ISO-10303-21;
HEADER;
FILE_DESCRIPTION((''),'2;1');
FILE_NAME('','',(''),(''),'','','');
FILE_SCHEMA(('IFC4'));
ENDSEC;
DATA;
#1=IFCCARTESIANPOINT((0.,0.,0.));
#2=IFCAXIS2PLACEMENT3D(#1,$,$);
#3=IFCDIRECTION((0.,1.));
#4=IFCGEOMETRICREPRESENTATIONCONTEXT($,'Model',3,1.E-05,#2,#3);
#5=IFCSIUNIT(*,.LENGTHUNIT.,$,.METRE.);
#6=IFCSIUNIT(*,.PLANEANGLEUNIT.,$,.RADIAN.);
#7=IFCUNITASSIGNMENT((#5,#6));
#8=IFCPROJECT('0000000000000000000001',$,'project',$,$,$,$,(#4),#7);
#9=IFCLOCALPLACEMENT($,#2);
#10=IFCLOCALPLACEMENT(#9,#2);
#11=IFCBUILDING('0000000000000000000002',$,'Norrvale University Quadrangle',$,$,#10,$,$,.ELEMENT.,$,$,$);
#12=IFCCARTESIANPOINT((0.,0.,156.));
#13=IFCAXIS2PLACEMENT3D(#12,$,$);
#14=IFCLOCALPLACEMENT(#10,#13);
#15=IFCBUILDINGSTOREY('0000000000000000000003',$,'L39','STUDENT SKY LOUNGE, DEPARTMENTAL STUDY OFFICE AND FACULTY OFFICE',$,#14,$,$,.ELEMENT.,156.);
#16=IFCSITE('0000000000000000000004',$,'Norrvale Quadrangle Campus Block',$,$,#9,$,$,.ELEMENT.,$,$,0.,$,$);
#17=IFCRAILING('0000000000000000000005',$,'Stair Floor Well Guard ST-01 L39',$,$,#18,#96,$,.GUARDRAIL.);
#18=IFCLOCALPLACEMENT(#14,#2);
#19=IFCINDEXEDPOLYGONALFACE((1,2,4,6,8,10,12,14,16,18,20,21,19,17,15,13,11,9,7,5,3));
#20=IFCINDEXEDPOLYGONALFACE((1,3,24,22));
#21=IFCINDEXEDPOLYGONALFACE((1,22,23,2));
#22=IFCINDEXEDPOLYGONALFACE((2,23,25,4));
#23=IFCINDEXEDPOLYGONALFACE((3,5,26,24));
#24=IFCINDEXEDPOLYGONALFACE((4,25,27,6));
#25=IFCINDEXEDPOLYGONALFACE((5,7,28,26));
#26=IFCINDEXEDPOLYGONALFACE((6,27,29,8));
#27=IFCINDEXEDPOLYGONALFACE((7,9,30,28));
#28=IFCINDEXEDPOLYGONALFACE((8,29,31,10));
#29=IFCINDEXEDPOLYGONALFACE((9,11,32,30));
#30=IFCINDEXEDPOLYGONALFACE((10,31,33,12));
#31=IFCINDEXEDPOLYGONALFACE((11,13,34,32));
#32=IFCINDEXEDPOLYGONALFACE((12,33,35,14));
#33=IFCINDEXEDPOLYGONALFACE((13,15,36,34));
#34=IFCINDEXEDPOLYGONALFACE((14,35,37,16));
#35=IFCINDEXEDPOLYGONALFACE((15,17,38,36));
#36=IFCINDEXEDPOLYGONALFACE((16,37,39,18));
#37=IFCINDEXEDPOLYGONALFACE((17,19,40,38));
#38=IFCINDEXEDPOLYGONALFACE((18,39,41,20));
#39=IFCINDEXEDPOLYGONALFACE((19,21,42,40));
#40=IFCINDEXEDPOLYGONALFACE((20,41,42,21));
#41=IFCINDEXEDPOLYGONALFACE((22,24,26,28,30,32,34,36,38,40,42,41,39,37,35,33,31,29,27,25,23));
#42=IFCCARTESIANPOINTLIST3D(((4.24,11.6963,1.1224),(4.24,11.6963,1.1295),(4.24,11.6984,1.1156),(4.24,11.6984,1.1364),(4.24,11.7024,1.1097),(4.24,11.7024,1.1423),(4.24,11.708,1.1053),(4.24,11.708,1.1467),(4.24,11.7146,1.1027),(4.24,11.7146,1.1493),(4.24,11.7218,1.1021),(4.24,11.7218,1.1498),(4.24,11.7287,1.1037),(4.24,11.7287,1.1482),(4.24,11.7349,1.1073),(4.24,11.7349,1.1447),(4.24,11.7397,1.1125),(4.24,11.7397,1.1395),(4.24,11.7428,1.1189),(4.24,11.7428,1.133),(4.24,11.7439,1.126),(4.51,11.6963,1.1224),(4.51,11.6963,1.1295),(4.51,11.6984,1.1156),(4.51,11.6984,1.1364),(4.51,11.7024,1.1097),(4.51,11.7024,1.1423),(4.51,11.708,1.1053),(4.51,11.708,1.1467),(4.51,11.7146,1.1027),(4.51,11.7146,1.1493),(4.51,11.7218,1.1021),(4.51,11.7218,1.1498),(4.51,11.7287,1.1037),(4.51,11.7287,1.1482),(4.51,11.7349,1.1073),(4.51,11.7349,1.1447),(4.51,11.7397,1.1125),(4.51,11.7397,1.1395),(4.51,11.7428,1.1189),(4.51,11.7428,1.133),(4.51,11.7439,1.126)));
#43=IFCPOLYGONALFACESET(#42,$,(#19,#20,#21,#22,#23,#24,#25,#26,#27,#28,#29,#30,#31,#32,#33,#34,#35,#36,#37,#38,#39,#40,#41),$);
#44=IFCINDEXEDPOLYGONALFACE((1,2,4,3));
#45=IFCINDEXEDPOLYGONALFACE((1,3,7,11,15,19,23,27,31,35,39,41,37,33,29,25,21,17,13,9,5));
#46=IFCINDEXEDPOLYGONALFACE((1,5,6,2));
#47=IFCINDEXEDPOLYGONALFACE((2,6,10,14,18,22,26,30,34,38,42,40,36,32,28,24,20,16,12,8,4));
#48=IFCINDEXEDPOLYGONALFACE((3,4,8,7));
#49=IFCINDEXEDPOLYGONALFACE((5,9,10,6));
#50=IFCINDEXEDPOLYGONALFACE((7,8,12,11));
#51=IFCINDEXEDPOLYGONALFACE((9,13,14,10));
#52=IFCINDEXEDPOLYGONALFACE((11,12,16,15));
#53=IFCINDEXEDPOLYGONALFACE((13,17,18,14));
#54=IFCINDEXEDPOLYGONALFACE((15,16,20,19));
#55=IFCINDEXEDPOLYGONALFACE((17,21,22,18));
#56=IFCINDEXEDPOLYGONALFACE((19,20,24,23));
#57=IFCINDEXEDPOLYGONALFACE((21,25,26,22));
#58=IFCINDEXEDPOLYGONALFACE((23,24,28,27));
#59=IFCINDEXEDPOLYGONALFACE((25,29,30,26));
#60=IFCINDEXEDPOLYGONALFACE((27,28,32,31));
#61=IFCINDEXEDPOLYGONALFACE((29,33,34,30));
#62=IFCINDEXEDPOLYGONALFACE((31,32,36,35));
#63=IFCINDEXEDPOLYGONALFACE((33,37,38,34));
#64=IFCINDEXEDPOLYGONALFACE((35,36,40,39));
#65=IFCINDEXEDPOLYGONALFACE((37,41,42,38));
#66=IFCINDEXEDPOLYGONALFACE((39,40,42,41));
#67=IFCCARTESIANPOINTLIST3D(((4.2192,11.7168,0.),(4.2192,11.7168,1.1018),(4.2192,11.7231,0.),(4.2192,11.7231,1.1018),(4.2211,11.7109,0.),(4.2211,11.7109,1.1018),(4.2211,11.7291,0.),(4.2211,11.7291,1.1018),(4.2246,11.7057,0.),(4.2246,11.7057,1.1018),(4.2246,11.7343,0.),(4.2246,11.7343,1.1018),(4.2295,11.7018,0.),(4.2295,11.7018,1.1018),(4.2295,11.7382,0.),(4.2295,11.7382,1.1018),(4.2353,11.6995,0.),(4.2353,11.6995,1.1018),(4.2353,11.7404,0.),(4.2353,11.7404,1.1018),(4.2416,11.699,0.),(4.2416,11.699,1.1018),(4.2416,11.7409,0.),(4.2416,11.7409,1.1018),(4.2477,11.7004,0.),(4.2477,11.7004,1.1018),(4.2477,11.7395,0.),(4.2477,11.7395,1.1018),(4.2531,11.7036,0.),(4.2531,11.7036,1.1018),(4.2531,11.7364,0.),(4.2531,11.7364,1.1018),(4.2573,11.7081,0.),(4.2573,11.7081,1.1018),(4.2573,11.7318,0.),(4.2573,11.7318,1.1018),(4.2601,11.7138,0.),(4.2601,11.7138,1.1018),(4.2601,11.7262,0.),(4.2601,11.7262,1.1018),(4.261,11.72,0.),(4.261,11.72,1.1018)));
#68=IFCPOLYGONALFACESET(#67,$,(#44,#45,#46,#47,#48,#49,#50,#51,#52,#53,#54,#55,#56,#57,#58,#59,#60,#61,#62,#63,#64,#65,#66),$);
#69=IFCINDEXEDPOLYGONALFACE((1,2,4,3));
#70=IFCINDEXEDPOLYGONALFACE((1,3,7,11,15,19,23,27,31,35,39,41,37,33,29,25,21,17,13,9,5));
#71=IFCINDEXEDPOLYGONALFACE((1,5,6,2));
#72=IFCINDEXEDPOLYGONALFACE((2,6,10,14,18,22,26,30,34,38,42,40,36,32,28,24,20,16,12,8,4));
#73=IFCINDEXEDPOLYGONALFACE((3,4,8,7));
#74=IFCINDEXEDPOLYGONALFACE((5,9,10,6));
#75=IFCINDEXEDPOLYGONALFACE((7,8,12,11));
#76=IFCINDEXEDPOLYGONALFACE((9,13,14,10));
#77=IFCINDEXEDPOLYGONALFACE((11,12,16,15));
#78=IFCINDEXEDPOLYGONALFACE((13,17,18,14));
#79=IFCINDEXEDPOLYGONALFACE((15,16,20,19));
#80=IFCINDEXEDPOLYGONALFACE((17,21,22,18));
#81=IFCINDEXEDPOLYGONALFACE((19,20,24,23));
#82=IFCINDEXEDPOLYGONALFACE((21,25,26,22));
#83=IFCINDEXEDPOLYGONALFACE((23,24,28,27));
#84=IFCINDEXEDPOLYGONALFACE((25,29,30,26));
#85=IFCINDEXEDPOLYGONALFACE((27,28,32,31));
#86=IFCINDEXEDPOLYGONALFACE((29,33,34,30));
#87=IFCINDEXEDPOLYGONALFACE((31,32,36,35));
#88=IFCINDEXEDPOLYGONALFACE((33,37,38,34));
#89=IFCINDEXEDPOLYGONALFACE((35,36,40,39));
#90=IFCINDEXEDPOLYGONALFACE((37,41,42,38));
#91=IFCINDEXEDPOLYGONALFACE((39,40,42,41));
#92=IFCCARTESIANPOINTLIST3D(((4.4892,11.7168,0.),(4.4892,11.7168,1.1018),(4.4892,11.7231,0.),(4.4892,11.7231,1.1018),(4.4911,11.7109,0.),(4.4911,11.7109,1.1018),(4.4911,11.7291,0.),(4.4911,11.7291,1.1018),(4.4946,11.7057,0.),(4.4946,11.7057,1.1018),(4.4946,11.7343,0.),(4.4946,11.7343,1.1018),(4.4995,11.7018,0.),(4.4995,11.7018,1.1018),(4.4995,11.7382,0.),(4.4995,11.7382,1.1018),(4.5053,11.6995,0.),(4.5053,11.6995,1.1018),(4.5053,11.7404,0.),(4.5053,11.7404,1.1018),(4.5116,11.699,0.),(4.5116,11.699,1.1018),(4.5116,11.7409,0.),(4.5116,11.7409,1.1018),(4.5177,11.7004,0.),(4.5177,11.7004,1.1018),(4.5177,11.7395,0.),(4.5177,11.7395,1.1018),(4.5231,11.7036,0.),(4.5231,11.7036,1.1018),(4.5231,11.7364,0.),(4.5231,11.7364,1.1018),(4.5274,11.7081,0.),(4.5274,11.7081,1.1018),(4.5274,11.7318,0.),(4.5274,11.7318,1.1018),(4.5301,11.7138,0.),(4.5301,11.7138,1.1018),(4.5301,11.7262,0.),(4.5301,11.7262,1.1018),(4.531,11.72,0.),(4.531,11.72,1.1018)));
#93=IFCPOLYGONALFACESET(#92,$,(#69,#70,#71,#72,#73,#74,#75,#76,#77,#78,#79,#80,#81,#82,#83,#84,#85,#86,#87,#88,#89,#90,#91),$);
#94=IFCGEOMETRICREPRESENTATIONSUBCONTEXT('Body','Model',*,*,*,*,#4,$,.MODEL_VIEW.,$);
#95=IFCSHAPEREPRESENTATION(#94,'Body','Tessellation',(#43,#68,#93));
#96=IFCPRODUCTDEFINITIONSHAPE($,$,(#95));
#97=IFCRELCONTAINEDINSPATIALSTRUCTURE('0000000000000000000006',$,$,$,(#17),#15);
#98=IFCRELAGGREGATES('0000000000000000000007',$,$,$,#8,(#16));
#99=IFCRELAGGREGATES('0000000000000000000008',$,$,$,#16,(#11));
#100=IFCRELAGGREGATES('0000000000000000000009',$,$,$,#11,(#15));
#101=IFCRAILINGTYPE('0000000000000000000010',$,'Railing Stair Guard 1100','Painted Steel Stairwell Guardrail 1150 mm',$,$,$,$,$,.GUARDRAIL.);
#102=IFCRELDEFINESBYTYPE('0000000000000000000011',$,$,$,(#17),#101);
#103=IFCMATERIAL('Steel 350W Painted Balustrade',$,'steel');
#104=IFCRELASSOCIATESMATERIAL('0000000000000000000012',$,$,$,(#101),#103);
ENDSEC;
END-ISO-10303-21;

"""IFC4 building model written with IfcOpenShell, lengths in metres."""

from ifc_helpers import new_model, si_unit, direction, frame, origin, origin_2d, place, context, subcontext, project, spatial, circle, extrude, material, type_object, element, save


model = new_model("IFC4")

# Units and contexts
model_context = context("Model", 3, precision=1e-05, world=origin(), true_north=direction((0.0, 1.0)))
body_context = subcontext(model_context, "Body", "Model", "MODEL_VIEW")
ifc_project = project(units=[si_unit("LENGTHUNIT", "METRE"), si_unit("PLANEANGLEUNIT", "RADIAN")], contexts=[model_context])

# Site, building, storey
site_placement = place(None, origin())
site = spatial("IfcSite", under=ifc_project, at=site_placement, Name="Norrvale Quadrangle Campus Block", CompositionType="ELEMENT", RefElevation=0.0)
building_placement = place(site_placement, origin())
building = spatial("IfcBuilding", under=site, at=building_placement, Name="Norrvale University Quadrangle", CompositionType="ELEMENT")
storey_placement = place(building_placement, frame((0.0, 0.0, 156.0)))
storey = spatial("IfcBuildingStorey", under=building, at=storey_placement, Name="L39", Description="STUDENT SKY LOUNGE, DEPARTMENTAL STUDY OFFICE AND FACULTY OFFICE", CompositionType="ELEMENT", Elevation=156.0)

# Railing
ifc_material_1 = material(Name="Steel 350W Painted Balustrade", Category="steel")
railing_type_1 = type_object("IfcRailingType", Name="Railing Stair Guard 1100", Description="Painted Steel Stairwell Guardrail 1150 mm", PredefinedType="GUARDRAIL", material=ifc_material_1)
railing_1_placement = place(storey_placement, frame((4.24, 11.72, 0.0)))
element("IfcRailing", 1, at=railing_1_placement, inside=storey, type_object=railing_type_1, Name="Stair Floor Well Guard ST-01 L39", PredefinedType="GUARDRAIL", context=body_context, shape_type="SweptSolid", body=[
    extrude(circle(Radius=0.0239, at=origin_2d()), frame((0.0, 0.0, 1.126), z_axis=(1.0, 0.0, 0.0), x_axis=(0.0, 1.0, 0.0)), (0.0, 0.0, 1.0), 0.27),
    extrude(circle(Radius=0.021, at=origin_2d()), origin(), (0.0, 0.0, 1.0), 1.1018),
    extrude(circle(Radius=0.021, at=origin_2d()), frame((0.27, 0.0, 0.0)), (0.0, 0.0, 1.0), 1.1018),
])

save(model, "model.ifc")
